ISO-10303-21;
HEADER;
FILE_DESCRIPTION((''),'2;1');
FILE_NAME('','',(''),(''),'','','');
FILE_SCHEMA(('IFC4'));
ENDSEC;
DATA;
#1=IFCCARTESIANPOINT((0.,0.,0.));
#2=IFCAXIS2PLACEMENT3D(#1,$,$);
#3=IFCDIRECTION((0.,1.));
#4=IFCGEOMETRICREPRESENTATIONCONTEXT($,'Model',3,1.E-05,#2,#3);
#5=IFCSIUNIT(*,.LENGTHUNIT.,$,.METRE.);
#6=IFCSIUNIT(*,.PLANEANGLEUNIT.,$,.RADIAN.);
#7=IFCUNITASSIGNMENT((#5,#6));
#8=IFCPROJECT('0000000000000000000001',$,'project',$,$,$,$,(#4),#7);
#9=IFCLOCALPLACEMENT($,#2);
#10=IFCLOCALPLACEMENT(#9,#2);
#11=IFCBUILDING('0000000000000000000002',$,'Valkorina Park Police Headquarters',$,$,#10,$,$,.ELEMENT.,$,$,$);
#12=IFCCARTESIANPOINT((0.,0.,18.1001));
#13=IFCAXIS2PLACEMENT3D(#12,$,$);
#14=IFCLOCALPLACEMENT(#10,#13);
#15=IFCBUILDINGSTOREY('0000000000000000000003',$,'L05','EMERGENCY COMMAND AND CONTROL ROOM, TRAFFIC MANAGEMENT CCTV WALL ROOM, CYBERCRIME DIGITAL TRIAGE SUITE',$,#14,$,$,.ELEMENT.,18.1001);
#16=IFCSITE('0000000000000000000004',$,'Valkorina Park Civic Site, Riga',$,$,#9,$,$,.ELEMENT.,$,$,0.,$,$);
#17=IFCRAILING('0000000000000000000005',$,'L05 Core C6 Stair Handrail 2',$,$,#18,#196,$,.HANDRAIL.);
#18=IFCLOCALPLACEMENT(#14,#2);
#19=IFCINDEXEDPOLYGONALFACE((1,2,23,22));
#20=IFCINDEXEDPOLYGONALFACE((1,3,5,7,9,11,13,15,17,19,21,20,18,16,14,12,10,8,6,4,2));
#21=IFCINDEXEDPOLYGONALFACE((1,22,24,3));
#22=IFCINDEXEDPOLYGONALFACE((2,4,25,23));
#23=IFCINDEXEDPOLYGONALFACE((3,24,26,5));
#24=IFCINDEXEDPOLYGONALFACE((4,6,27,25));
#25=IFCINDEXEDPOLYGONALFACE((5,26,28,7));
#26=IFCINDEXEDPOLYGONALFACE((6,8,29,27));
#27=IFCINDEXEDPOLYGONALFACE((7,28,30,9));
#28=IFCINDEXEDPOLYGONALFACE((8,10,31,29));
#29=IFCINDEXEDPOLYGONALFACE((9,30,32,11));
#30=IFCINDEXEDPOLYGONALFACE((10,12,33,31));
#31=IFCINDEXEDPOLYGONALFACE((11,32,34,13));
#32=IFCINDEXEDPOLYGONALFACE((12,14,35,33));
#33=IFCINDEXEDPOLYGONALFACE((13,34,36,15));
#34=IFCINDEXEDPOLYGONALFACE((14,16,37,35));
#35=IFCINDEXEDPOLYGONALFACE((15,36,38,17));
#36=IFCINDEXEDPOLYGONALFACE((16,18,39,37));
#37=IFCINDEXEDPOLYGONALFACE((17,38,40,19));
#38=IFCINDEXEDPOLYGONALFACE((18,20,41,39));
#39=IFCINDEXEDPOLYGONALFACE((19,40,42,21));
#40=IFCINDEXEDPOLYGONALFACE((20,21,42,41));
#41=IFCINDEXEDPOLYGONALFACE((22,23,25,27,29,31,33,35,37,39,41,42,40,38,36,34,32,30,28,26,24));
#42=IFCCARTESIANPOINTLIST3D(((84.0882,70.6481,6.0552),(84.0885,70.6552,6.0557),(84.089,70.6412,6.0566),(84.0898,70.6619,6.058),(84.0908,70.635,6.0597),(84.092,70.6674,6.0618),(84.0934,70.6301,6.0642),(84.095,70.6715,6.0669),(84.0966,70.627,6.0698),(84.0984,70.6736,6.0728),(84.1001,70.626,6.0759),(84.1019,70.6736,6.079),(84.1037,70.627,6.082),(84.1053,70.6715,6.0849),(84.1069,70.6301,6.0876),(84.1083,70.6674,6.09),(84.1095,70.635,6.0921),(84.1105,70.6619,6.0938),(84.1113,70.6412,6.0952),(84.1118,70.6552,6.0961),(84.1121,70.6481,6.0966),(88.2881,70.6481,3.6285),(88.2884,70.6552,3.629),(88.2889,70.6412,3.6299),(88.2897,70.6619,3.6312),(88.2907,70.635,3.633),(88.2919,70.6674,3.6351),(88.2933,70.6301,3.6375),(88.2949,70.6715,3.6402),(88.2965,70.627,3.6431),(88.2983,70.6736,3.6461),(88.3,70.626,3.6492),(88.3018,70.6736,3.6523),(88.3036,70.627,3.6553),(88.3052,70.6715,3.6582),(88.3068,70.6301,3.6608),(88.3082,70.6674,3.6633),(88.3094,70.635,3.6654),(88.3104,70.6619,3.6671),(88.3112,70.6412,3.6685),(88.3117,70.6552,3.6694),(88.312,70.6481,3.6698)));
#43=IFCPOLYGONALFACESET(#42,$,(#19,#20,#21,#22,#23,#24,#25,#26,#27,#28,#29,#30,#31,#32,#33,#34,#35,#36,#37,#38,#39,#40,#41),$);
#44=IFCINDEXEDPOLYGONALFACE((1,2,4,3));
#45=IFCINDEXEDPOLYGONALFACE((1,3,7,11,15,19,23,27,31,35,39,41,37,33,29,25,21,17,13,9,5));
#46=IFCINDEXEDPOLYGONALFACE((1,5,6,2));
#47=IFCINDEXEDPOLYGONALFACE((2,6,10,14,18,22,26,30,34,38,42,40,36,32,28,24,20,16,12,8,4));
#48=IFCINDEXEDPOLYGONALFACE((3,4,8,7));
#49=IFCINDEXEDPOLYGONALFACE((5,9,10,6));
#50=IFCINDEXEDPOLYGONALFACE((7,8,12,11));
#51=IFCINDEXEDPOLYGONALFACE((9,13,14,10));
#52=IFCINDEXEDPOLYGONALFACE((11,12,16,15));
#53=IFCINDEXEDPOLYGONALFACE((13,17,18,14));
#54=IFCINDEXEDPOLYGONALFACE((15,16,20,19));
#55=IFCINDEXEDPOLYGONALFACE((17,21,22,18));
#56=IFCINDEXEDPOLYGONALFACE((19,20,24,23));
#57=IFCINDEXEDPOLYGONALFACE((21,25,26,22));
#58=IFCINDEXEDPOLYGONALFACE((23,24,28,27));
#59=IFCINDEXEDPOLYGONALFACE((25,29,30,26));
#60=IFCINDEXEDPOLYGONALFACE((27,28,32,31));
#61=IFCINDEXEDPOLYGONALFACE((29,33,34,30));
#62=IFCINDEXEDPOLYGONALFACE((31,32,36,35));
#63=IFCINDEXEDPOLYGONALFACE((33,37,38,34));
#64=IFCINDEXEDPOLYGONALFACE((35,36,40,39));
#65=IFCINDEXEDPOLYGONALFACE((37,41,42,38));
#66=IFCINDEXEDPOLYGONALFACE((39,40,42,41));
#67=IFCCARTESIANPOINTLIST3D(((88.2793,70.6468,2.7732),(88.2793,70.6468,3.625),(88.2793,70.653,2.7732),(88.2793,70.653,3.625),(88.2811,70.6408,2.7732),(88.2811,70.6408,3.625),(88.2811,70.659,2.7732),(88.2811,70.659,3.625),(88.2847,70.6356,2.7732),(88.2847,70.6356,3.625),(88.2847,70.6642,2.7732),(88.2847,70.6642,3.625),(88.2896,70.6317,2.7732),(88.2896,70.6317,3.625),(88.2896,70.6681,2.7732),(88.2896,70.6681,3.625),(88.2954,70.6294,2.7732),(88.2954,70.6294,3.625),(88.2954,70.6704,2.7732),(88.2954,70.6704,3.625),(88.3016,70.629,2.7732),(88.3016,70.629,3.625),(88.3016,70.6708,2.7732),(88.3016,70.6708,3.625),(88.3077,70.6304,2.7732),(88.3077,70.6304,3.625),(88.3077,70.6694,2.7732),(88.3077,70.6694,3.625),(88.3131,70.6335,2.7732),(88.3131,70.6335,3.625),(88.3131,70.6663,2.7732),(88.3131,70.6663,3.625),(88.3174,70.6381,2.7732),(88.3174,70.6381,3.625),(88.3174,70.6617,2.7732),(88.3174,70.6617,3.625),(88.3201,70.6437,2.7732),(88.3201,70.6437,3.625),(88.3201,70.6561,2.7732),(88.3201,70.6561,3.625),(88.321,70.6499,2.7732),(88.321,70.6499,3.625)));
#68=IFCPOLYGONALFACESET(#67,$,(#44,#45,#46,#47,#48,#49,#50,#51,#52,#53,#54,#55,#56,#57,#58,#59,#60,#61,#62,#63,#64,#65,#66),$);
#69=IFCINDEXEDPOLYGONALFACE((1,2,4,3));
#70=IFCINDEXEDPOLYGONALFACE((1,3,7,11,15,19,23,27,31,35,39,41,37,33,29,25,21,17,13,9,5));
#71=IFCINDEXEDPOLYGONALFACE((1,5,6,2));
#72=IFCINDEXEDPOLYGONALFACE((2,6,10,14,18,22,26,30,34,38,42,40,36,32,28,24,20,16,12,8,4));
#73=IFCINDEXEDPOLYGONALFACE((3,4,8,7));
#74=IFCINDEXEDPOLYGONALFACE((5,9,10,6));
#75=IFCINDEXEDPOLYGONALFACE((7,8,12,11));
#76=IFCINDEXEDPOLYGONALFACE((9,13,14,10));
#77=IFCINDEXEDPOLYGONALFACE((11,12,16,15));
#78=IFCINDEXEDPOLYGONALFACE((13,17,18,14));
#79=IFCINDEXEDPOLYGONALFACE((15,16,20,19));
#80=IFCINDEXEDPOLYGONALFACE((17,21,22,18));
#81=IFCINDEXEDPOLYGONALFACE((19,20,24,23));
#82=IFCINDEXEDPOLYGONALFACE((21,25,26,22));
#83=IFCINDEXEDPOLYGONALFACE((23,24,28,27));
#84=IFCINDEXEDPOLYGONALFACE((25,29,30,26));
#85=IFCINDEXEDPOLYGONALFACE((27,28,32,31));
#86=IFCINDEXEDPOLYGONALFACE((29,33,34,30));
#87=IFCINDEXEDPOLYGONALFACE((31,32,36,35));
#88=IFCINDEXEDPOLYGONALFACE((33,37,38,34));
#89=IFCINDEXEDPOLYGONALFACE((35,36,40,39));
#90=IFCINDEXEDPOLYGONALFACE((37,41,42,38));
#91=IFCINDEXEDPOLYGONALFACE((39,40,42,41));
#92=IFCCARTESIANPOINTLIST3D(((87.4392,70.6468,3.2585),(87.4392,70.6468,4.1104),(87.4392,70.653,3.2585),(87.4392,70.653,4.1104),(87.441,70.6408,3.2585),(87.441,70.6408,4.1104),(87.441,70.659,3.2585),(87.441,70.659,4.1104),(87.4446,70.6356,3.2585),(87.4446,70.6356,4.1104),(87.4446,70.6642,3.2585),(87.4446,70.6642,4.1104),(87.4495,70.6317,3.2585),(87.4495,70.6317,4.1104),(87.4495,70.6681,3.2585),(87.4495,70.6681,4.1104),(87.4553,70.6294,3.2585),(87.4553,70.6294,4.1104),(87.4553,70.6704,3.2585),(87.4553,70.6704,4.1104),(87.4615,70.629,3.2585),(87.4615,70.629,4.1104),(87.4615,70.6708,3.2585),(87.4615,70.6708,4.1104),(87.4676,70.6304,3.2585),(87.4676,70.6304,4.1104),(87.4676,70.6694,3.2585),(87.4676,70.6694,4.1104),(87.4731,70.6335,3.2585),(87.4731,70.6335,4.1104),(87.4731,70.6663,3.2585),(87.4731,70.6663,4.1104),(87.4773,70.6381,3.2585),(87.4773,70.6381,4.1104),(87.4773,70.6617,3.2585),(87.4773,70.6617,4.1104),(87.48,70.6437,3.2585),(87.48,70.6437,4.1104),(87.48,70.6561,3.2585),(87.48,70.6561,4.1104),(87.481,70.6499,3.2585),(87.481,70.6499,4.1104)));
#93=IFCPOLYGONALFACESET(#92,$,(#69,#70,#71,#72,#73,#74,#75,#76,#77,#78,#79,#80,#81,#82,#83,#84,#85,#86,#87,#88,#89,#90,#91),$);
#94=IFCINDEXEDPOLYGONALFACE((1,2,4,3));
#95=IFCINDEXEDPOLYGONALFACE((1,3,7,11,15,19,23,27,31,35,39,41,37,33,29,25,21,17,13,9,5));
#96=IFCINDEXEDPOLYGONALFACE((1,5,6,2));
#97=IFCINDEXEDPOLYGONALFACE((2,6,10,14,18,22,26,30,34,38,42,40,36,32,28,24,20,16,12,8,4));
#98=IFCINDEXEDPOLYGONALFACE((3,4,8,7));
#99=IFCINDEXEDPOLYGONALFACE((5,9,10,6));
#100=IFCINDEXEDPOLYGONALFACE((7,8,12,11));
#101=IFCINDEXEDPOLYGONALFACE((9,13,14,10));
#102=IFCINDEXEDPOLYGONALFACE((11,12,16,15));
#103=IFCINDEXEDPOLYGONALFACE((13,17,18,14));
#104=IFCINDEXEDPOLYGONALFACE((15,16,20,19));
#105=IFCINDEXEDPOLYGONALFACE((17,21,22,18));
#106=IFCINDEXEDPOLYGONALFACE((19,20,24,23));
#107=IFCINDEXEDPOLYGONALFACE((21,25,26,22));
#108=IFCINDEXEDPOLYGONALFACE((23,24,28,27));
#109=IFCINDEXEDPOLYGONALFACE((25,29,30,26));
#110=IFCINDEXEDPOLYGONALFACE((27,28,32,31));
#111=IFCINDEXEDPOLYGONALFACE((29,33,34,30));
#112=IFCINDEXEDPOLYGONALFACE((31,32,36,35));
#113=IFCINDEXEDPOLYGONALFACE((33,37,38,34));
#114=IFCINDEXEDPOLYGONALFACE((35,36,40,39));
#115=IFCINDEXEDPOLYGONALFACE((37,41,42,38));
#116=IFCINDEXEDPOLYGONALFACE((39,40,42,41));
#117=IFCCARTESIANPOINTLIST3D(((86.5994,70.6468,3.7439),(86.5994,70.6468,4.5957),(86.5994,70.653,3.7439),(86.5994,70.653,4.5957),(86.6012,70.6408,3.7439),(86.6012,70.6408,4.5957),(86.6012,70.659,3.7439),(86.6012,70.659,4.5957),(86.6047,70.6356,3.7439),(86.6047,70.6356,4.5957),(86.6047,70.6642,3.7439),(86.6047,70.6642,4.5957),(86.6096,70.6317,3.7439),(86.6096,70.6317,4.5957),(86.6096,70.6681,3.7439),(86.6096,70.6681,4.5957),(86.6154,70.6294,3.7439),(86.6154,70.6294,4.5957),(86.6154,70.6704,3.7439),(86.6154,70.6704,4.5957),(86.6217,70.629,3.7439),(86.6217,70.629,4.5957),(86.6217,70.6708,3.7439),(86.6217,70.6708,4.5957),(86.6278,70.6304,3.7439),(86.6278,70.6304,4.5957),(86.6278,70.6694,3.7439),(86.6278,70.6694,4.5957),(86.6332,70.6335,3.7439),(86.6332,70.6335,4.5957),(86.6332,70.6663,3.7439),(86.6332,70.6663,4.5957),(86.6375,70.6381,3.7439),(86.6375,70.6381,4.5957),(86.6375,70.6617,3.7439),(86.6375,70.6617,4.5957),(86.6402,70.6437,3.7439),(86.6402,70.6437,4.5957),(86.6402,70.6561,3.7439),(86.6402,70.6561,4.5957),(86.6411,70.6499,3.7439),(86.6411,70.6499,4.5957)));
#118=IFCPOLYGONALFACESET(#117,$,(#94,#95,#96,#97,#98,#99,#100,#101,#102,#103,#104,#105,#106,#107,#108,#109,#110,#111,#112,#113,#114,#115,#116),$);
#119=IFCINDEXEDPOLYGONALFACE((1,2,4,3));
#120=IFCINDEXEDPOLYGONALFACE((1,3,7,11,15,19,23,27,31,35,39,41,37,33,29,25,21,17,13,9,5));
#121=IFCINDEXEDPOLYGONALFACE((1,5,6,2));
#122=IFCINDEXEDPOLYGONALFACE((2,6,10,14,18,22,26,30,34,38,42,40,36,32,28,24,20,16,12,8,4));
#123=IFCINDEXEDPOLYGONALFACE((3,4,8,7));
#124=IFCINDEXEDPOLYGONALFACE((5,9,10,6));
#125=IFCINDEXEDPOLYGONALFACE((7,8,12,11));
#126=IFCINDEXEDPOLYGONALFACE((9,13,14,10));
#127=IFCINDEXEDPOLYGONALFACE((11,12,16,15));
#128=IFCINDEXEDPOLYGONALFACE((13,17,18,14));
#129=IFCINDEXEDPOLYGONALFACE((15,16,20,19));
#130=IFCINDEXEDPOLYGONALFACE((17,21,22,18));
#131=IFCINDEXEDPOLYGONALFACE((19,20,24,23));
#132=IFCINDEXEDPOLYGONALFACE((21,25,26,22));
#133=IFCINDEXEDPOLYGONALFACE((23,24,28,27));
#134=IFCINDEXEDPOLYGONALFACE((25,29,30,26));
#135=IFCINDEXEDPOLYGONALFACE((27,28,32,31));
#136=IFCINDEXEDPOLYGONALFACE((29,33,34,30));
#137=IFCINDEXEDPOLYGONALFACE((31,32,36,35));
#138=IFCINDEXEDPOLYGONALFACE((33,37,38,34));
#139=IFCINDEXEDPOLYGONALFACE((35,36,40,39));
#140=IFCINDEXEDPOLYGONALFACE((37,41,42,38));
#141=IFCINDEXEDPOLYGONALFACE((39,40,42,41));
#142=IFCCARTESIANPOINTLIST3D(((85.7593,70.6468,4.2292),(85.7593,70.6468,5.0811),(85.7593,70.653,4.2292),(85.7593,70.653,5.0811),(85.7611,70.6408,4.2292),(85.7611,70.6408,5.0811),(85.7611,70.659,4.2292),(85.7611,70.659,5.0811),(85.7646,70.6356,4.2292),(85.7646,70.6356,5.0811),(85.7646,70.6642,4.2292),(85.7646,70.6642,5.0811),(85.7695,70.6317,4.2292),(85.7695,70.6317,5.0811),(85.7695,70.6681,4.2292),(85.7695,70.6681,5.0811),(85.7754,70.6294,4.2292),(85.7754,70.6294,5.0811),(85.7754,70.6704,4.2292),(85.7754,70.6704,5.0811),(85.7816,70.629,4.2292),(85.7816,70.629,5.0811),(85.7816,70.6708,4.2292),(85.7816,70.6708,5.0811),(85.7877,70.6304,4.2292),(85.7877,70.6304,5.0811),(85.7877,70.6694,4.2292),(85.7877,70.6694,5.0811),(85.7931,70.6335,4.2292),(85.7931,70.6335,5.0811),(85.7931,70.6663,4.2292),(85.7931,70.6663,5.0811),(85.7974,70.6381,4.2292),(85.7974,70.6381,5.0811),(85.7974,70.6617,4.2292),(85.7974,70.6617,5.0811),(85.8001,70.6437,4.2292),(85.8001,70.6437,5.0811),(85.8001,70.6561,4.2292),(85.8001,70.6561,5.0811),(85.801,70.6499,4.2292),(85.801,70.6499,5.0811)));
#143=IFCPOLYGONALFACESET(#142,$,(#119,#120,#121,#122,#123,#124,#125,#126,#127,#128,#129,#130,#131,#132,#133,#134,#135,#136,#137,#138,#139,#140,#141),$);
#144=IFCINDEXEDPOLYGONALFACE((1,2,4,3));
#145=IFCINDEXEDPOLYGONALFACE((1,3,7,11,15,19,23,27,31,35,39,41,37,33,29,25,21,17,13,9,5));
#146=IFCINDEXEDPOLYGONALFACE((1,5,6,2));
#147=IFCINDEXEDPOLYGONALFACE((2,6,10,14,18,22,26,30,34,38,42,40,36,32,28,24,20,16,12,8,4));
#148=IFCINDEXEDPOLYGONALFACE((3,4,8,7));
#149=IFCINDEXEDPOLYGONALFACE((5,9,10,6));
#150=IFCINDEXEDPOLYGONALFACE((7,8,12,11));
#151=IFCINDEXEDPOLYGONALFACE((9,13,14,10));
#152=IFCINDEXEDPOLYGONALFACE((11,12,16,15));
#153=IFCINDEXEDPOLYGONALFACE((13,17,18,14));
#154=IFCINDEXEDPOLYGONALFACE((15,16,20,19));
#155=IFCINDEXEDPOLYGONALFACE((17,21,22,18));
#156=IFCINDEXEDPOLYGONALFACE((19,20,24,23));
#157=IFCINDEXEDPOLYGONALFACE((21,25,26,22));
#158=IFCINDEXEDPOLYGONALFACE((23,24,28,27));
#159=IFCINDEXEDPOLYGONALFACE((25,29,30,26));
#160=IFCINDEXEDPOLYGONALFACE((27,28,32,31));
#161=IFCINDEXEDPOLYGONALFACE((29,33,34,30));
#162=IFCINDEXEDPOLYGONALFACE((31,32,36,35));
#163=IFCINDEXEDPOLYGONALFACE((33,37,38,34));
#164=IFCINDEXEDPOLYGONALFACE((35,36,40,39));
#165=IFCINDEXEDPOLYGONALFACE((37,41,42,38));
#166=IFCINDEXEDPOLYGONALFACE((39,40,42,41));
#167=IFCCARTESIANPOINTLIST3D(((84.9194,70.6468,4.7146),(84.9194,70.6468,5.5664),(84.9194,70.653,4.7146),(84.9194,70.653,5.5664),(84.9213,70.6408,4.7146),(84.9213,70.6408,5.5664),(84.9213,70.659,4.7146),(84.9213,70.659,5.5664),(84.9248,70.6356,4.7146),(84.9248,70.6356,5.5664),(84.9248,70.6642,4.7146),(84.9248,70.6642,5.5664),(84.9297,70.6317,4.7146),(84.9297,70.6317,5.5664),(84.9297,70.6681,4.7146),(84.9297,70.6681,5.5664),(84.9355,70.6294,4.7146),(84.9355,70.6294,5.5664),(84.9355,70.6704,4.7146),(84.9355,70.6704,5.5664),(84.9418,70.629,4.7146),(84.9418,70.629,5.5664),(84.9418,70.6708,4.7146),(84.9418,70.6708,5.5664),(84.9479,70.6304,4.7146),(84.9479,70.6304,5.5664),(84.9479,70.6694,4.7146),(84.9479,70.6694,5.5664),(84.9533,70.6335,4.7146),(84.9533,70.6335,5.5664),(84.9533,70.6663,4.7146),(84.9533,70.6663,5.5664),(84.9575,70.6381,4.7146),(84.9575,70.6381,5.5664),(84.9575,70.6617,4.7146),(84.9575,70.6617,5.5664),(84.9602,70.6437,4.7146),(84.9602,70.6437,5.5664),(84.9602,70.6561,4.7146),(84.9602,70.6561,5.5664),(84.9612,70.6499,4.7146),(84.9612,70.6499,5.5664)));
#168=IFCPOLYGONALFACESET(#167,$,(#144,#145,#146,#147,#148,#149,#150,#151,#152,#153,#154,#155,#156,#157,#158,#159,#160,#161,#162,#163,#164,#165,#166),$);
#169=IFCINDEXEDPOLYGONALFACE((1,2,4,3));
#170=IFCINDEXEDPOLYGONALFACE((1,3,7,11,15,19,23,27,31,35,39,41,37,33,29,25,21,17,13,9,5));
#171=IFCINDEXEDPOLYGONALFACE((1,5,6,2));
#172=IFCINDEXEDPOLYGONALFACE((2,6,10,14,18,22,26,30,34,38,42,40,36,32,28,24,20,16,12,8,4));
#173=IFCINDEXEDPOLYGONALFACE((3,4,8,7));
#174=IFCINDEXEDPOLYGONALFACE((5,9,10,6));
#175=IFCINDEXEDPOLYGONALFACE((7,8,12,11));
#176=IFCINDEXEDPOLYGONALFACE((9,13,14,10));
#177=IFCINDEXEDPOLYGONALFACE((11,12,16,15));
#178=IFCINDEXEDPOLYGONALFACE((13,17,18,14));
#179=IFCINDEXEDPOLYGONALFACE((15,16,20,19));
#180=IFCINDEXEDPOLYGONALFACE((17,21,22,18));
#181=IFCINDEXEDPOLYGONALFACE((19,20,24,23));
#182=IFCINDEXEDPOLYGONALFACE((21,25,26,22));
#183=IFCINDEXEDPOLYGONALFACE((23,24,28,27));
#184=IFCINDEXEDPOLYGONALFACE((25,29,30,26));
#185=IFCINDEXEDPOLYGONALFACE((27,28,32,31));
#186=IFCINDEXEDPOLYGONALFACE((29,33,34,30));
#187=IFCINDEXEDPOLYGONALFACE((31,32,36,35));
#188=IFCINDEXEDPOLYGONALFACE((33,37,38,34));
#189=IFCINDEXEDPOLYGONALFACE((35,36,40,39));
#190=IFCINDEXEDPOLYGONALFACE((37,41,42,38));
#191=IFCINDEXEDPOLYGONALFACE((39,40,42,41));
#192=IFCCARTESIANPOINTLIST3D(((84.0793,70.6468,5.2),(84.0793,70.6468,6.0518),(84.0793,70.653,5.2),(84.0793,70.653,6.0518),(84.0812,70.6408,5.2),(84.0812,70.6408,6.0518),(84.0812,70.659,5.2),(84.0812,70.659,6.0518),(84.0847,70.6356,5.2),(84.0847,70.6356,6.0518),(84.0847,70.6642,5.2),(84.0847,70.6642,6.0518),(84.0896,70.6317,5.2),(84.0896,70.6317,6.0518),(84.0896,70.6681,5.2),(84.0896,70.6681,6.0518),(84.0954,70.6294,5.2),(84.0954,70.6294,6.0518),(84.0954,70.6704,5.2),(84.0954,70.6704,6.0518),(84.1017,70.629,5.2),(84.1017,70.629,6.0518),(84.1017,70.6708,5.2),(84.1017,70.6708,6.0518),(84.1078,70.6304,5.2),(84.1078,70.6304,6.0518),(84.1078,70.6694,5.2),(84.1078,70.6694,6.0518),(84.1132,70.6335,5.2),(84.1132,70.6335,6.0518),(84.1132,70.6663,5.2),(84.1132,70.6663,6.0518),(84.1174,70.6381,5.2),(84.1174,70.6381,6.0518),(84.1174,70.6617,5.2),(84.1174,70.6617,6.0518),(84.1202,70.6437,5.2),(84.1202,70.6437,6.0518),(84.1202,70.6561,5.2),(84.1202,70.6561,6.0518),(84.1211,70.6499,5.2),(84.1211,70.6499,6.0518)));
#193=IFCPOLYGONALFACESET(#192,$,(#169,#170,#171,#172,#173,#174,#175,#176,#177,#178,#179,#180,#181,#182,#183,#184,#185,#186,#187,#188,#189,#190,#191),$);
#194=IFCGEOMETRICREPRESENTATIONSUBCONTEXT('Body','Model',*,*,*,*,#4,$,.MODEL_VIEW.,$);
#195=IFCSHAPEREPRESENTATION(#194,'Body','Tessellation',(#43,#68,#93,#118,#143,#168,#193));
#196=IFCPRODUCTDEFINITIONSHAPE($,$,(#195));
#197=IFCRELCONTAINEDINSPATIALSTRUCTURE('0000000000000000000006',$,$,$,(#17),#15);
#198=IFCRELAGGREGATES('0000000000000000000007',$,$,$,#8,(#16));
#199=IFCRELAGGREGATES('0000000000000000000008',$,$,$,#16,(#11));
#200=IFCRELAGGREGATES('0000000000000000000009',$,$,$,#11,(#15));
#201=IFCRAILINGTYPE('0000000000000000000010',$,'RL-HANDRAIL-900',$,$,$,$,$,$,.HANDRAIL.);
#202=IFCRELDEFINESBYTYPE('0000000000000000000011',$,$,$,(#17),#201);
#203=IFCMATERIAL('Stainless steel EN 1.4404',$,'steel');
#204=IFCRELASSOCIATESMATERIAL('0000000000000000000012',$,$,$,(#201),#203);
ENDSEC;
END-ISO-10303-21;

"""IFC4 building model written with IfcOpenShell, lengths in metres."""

from ifc_helpers import new_model, si_unit, direction, frame, origin, origin_2d, place, context, subcontext, project, spatial, circle, extrude, material, type_object, element, save


model = new_model("IFC4")

# Units and contexts
model_context = context("Model", 3, precision=1e-05, world=origin(), true_north=direction((0.0, 1.0)))
body_context = subcontext(model_context, "Body", "Model", "MODEL_VIEW")
ifc_project = project(units=[si_unit("LENGTHUNIT", "METRE"), si_unit("PLANEANGLEUNIT", "RADIAN")], contexts=[model_context])

# Site, building, storey
site_placement = place(None, origin())
site = spatial("IfcSite", under=ifc_project, at=site_placement, Name="Valkorina Park Civic Site, Riga", CompositionType="ELEMENT", RefElevation=0.0)
building_placement = place(site_placement, origin())
building = spatial("IfcBuilding", under=site, at=building_placement, Name="Valkorina Park Police Headquarters", CompositionType="ELEMENT")
storey_placement = place(building_placement, frame((0.0, 0.0, 18.1001)))
storey = spatial("IfcBuildingStorey", under=building, at=storey_placement, Name="L05", Description="EMERGENCY COMMAND AND CONTROL ROOM, TRAFFIC MANAGEMENT CCTV WALL ROOM, CYBERCRIME DIGITAL TRIAGE SUITE", CompositionType="ELEMENT", Elevation=18.1001)

# Railing
ifc_material_1 = material(Name="Stainless steel EN 1.4404", Category="steel")
railing_type = type_object("IfcRailingType", Name="RL-HANDRAIL-900", PredefinedType="HANDRAIL", material=ifc_material_1)
railing_placement = place(storey_placement, frame((88.3, 70.6499, 2.7732)))
element("IfcRailing", 1, at=railing_placement, inside=storey, type_object=railing_type, Name="L05 Core C6 Stair Handrail 2", PredefinedType="HANDRAIL", context=body_context, shape_type="SweptSolid", body=[
    extrude(circle(Radius=0.0239, at=origin_2d()), frame((0.0, 0.0, 0.876), z_axis=(-0.865854, 0.0, 0.500296), x_axis=(0.0, -1.0, 0.0)), (0.0, 0.0, 1.0), 4.8506),
    extrude(circle(Radius=0.021, at=origin_2d()), origin(), (0.0, 0.0, 1.0), 0.8518),
    extrude(circle(Radius=0.021, at=origin_2d()), frame((-0.8401, 0.0, 0.4854)), (0.0, 0.0, 1.0), 0.8518),
    extrude(circle(Radius=0.021, at=origin_2d()), frame((-1.6799, 0.0, 0.9707)), (0.0, 0.0, 1.0), 0.8518),
    extrude(circle(Radius=0.021, at=origin_2d()), frame((-2.52, 0.0, 1.4561)), (0.0, 0.0, 1.0), 0.8518),
    extrude(circle(Radius=0.021, at=origin_2d()), frame((-3.3599, 0.0, 1.9414)), (0.0, 0.0, 1.0), 0.8518),
    extrude(circle(Radius=0.021, at=origin_2d()), frame((-4.2, 0.0, 2.4268)), (0.0, 0.0, 1.0), 0.8518),
])

save(model, "model.ifc")
